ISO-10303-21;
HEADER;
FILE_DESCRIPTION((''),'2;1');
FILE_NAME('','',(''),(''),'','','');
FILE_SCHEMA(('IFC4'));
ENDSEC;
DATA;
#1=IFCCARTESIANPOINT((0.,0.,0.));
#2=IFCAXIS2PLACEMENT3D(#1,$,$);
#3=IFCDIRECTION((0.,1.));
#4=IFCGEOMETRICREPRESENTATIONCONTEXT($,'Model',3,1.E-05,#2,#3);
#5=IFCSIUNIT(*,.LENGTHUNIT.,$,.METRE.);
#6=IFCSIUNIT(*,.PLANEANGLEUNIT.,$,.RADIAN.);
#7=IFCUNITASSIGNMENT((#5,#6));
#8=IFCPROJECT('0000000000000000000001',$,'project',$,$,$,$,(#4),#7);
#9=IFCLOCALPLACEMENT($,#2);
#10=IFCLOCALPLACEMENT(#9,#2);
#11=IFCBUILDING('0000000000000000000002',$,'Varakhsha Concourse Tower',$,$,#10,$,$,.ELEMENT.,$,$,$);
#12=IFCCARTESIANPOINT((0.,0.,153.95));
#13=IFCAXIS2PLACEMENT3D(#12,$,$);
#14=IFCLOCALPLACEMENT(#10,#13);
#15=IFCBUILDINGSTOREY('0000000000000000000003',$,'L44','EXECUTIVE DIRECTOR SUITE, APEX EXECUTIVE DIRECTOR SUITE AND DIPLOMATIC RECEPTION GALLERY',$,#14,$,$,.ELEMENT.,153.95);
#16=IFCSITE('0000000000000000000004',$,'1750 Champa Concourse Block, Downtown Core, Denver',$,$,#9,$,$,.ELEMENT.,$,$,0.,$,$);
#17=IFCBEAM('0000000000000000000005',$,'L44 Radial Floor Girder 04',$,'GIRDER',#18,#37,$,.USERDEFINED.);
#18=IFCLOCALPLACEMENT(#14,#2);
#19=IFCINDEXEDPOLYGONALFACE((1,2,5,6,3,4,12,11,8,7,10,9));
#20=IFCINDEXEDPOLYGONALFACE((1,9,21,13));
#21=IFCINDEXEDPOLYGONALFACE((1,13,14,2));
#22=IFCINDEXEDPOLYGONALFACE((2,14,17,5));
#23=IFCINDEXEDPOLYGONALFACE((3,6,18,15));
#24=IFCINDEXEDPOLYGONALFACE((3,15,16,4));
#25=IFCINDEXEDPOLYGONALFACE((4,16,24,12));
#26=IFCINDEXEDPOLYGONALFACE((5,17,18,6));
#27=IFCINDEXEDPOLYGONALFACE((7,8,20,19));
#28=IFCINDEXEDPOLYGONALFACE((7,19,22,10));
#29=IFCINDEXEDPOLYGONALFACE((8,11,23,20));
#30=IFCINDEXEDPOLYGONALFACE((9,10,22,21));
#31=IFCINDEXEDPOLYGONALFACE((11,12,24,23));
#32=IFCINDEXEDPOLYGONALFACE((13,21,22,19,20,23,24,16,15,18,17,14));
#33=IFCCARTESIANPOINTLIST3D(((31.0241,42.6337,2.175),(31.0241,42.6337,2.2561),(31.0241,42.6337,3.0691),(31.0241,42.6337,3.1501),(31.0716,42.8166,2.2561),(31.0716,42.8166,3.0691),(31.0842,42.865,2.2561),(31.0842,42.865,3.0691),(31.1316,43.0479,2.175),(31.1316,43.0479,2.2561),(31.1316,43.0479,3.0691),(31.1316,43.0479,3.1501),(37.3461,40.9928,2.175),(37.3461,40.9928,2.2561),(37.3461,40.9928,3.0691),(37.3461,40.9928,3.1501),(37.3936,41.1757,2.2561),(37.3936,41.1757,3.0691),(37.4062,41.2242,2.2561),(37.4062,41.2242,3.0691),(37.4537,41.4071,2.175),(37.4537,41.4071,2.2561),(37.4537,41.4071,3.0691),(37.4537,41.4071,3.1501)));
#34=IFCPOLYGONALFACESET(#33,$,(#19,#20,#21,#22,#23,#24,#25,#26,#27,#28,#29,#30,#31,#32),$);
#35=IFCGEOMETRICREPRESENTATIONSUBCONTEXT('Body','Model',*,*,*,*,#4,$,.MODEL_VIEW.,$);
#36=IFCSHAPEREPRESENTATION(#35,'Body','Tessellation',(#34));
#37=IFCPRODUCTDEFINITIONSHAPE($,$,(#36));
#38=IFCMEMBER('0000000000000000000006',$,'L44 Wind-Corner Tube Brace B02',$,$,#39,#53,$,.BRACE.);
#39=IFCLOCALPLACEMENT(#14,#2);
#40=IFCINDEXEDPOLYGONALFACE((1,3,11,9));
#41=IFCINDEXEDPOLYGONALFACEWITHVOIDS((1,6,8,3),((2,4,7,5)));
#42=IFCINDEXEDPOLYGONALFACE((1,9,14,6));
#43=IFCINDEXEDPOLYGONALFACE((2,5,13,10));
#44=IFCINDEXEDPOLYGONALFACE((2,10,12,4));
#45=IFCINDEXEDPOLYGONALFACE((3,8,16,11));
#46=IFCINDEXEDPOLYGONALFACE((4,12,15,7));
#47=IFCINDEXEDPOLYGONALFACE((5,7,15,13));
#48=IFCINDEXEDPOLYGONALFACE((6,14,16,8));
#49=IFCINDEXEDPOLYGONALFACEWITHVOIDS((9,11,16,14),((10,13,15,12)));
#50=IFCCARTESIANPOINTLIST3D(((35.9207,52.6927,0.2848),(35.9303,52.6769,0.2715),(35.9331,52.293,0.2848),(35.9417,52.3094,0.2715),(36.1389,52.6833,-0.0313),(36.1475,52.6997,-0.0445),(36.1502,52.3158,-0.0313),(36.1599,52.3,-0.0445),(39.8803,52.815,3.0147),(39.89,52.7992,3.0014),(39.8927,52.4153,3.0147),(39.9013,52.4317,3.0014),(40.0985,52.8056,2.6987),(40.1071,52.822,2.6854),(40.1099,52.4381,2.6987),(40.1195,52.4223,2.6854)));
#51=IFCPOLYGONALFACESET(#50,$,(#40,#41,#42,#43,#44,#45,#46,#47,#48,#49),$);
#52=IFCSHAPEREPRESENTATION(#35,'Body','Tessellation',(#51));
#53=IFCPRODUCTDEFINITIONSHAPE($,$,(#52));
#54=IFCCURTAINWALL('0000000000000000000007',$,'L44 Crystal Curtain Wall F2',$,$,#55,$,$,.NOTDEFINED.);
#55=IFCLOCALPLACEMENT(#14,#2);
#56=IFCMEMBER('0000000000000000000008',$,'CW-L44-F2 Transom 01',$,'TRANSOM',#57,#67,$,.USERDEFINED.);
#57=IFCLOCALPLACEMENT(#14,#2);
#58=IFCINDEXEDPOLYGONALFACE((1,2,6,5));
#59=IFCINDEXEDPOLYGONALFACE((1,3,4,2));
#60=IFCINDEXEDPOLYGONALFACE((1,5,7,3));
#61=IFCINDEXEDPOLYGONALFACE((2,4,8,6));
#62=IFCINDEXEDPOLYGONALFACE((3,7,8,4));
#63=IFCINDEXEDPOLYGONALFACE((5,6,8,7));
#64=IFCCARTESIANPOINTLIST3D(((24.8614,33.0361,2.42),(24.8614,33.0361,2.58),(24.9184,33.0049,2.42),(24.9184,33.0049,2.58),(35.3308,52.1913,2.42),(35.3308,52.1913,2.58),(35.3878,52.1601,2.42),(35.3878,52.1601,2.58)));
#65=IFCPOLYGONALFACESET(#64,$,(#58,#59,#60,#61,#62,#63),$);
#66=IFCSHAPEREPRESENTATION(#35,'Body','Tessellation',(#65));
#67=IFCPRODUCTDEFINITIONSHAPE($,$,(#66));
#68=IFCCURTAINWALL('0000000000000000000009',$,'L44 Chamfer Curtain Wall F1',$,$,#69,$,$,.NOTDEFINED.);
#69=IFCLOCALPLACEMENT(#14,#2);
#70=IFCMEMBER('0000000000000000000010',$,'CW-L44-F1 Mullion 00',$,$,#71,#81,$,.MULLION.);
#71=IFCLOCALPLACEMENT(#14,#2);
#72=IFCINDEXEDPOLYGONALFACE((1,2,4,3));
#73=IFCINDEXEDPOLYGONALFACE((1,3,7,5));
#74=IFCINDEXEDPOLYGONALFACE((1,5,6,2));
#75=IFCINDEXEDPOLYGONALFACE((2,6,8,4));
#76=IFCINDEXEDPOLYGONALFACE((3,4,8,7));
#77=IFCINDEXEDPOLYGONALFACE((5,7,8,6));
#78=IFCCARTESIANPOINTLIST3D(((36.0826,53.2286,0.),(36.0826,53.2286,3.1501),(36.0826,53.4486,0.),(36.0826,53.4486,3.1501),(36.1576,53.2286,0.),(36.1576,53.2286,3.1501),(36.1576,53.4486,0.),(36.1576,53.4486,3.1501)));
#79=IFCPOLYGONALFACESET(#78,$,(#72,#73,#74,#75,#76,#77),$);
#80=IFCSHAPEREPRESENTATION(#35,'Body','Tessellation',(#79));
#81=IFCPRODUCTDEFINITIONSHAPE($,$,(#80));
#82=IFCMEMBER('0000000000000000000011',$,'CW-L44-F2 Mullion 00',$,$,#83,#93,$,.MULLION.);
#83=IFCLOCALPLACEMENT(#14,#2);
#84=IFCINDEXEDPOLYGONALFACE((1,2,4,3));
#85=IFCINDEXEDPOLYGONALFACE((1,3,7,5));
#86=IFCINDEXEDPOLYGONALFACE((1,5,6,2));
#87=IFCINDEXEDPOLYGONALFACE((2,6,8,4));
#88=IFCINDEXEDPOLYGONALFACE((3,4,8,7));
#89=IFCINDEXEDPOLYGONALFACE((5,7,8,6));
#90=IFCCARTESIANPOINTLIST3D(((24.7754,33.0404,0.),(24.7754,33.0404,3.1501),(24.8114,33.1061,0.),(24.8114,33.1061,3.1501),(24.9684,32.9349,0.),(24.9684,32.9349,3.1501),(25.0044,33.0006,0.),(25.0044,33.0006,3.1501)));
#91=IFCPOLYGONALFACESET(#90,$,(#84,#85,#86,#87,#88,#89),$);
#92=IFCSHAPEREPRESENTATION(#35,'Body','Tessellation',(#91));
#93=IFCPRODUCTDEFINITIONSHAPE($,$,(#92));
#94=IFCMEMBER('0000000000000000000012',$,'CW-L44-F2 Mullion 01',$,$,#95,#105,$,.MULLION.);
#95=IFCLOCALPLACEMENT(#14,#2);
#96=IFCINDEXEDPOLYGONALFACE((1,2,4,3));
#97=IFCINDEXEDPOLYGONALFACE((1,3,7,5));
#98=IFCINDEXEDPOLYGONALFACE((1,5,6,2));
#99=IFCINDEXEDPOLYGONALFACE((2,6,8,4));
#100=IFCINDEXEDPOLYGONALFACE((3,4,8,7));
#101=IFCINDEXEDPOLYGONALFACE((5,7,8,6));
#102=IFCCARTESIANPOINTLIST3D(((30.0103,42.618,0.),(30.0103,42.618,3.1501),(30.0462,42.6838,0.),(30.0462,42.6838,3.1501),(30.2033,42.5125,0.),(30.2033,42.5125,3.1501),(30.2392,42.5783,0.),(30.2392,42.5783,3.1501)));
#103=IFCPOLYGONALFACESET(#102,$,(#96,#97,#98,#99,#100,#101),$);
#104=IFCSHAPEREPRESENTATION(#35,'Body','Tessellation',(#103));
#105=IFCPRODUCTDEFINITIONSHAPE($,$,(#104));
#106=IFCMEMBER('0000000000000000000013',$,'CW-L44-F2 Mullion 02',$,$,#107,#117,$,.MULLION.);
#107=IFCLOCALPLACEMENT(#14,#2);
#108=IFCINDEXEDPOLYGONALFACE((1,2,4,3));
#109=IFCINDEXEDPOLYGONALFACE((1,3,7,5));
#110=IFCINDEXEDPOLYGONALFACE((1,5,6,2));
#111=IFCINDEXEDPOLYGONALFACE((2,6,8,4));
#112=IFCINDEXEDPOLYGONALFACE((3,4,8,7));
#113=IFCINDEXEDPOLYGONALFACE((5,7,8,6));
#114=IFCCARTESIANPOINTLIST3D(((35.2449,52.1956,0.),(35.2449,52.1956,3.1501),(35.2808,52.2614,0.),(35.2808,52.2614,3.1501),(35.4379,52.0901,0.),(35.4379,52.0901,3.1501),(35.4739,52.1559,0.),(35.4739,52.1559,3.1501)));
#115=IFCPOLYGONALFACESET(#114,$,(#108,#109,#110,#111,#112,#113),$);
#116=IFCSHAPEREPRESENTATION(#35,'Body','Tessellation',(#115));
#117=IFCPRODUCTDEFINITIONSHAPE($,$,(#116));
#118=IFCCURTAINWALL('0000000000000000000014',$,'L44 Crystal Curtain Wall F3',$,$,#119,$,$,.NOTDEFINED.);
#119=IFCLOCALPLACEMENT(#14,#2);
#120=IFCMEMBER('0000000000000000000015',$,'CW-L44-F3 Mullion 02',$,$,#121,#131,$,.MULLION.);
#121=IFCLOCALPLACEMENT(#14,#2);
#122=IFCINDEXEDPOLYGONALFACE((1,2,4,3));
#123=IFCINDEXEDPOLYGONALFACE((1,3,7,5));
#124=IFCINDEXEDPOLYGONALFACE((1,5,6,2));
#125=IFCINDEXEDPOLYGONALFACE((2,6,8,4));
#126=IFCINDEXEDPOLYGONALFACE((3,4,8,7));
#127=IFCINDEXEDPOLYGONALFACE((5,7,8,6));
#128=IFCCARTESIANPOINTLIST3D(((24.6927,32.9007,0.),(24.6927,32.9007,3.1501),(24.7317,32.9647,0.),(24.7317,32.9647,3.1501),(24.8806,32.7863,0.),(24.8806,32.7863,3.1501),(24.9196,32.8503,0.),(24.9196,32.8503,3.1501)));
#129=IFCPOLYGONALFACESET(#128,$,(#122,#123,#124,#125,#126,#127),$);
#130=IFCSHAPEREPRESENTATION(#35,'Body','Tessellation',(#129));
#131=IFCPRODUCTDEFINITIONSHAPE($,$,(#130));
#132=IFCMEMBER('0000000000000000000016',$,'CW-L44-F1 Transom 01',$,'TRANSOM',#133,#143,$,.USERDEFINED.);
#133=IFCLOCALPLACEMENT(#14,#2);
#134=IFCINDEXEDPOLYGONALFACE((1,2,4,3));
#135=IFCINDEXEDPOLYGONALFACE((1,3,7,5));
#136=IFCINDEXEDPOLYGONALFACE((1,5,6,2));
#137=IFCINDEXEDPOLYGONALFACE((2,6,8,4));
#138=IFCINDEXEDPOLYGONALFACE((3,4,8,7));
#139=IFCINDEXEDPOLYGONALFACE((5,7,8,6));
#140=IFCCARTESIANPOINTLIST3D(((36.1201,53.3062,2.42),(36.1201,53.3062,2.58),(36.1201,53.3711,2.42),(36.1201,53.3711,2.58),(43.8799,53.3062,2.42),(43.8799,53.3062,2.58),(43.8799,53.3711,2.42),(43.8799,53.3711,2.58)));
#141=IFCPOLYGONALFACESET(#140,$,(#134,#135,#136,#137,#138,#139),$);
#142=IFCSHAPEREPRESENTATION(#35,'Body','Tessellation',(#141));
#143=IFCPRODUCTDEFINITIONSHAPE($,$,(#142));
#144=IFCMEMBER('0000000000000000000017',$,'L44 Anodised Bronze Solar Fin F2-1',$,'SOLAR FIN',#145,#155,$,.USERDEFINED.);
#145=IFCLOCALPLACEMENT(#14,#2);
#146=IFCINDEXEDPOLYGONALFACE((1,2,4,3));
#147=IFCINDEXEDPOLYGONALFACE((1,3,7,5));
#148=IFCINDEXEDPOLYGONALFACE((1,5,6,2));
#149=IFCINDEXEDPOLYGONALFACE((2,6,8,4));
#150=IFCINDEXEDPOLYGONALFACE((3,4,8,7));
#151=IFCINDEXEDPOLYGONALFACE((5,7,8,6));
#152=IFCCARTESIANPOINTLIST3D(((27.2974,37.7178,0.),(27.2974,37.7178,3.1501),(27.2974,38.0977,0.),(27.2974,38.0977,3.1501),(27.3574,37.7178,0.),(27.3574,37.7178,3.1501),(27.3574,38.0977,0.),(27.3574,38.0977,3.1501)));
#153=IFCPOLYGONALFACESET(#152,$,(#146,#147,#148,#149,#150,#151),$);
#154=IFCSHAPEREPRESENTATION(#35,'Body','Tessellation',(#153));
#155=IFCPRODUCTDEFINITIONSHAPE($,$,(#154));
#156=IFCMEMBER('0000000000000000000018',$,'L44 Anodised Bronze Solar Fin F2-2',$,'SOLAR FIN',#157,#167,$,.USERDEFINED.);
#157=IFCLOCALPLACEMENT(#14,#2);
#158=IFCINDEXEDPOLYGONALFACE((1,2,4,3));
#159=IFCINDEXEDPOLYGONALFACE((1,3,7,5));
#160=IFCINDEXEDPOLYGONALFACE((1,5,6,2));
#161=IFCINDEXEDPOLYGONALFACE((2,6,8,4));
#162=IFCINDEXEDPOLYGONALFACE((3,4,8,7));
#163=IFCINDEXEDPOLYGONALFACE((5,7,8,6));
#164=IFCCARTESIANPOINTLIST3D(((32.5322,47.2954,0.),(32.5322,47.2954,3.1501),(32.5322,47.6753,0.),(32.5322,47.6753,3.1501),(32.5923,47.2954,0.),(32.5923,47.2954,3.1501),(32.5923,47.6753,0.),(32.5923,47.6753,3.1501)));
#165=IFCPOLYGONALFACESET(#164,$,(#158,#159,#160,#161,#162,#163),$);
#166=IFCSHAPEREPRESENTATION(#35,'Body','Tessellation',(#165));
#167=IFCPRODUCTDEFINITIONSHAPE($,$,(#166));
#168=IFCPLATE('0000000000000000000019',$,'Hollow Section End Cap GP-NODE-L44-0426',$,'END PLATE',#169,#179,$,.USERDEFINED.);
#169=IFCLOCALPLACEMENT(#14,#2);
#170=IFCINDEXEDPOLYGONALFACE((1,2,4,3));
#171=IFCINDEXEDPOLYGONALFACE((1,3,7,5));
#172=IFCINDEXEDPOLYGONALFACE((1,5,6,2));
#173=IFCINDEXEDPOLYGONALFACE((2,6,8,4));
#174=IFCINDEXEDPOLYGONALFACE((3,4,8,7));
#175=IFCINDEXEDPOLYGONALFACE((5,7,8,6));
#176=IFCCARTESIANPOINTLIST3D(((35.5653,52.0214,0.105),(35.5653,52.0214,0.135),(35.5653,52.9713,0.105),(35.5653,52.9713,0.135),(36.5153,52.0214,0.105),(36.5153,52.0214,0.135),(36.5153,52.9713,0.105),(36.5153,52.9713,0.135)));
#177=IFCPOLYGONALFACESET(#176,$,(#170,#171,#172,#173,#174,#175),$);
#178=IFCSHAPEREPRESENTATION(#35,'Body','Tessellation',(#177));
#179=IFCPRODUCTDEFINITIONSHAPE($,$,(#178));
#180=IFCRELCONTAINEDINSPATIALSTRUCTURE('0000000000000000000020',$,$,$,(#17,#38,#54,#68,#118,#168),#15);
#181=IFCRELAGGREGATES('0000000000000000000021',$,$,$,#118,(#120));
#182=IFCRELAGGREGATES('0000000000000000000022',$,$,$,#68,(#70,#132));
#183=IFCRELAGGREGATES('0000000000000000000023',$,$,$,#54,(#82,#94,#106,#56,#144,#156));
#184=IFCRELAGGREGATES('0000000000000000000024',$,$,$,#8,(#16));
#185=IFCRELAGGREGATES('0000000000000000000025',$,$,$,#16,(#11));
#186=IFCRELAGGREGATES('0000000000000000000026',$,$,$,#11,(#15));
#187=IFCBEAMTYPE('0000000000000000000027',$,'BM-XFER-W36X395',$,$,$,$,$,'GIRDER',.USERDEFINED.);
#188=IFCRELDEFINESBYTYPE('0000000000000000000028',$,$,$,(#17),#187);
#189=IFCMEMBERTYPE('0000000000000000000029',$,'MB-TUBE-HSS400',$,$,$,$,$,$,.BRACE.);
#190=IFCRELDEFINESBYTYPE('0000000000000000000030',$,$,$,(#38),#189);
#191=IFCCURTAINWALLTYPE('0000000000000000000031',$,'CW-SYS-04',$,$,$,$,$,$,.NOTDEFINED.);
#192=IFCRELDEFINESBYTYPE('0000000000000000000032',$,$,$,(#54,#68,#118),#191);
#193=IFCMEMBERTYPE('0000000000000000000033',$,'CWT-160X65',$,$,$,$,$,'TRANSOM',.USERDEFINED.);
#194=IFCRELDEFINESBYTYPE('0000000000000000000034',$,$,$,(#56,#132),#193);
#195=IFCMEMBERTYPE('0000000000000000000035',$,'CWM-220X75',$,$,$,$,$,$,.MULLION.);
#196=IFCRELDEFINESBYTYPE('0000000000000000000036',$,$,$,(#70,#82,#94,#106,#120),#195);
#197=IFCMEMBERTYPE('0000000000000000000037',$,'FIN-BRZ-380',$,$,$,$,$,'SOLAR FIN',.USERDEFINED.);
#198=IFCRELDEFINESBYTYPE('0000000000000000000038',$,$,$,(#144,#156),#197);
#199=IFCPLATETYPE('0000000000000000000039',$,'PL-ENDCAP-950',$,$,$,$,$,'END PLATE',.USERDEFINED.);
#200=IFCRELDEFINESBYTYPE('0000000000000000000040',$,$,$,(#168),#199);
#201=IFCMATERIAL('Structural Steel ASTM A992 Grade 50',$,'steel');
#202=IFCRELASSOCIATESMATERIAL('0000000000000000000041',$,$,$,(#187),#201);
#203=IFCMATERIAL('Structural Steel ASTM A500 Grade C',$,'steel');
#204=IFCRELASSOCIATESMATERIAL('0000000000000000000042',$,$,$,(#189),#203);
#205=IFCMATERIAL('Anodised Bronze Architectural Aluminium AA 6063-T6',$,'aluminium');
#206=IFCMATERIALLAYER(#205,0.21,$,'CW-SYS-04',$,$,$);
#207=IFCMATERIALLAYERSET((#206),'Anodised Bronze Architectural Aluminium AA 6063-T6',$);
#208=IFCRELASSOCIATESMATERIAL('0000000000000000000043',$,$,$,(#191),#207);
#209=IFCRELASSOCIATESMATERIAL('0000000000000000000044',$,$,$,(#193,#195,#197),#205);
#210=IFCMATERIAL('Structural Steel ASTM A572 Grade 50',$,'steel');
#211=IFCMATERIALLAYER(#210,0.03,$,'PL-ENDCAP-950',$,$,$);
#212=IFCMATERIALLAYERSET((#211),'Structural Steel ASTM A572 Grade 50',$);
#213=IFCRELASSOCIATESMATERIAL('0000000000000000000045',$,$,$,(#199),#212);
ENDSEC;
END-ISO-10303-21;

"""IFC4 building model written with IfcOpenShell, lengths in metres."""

from ifc_helpers import new_model, si_unit, direction, frame, origin, origin_2d, place, context, subcontext, project, spatial, rectangle, hollow_rectangle, i_section, extrude, source, transform, mapped, material, layer, layer_set, material_profile, profile_set, type_object, type_shapes, element, aggregate, save


model = new_model("IFC4")

# Units and contexts
model_context = context("Model", 3, precision=1e-05, world=origin(), true_north=direction((0.0, 1.0)))
body_context = subcontext(model_context, "Body", "Model", "MODEL_VIEW")
ifc_project = project(units=[si_unit("LENGTHUNIT", "METRE"), si_unit("PLANEANGLEUNIT", "RADIAN")], contexts=[model_context])

# Site, building, storey
site_placement = place(None, origin())
site = spatial("IfcSite", under=ifc_project, at=site_placement, Name="1750 Champa Concourse Block, Downtown Core, Denver", CompositionType="ELEMENT", RefElevation=0.0)
building_placement = place(site_placement, origin())
building = spatial("IfcBuilding", under=site, at=building_placement, Name="Varakhsha Concourse Tower", CompositionType="ELEMENT")
storey_placement = place(building_placement, frame((0.0, 0.0, 153.95)))
storey = spatial("IfcBuildingStorey", under=building, at=storey_placement, Name="L44", Description="EXECUTIVE DIRECTOR SUITE, APEX EXECUTIVE DIRECTOR SUITE AND DIPLOMATIC RECEPTION GALLERY", CompositionType="ELEMENT", Elevation=153.95)

# Shared definitions
ifc_material_1 = material(Name="Structural Steel ASTM A992 Grade 50", Category="steel")
ifc_material_2 = material(Name="Structural Steel ASTM A572 Grade 50", Category="steel")

# Beam
ifc_material_profile_1 = material_profile(ifc_material_1, i_section(OverallWidth=0.428, OverallDepth=0.9751, WebThickness=0.05, FlangeThickness=0.0811, at=origin_2d()), Name="W36X395")
ifc_profile_set_1 = profile_set([ifc_material_profile_1], Name="Structural Steel ASTM A992 Grade 50")
beam_type_1 = type_object("IfcBeamType", Name="BM-XFER-W36X395", ElementType="GIRDER", PredefinedType="USERDEFINED", material=ifc_profile_set_1)
beam_1_placement = place(storey_placement, frame((37.3999, 41.2, 2.6626), z_axis=(-0.967929, 0.251224, 0.0), x_axis=(-0.251224, -0.967929, 0.0)))
element("IfcBeam", 1, at=beam_1_placement, inside=storey, type_object=beam_type_1, Name="L44 Radial Floor Girder 04", ObjectType="GIRDER", PredefinedType="USERDEFINED", context=body_context, shape_type="SweptSolid", body=[
    extrude(i_section(OverallWidth=0.428, OverallDepth=0.9751, WebThickness=0.05, FlangeThickness=0.0811, at=origin_2d()), origin(), (0.0, 0.0, 1.0), 6.5315),
])

# Member
ifc_material_3 = material(Name="Structural Steel ASTM A500 Grade C", Category="steel")
ifc_material_profile_2 = material_profile(ifc_material_3, hollow_rectangle(XDim=0.3999, YDim=0.3999, WallThickness=0.0161, at=origin_2d()), Name="HSS 400x400x16")
ifc_profile_set_2 = profile_set([ifc_material_profile_2], Name="Structural Steel ASTM A500 Grade C")
member_type_1 = type_object("IfcMemberType", Name="MB-TUBE-HSS400", PredefinedType="BRACE", material=ifc_profile_set_2)
shared_shape_1 = source(origin(), body_context, "Body", "SweptSolid", [
    extrude(hollow_rectangle(XDim=0.3999, YDim=0.3999, WallThickness=0.0161, at=origin_2d()), origin(), (0.0, 0.0, 1.0), 4.811),
])
type_shapes(member_type_1, [shared_shape_1])
member_1_placement = place(storey_placement, frame((36.0403, 52.4963, 0.1201), z_axis=(0.82303, 0.025423, 0.567428), x_axis=(-0.030875, 0.999523, 0.0)))
element("IfcMember", 2, at=member_1_placement, inside=storey, type_object=member_type_1, Name="L44 Wind-Corner Tube Brace B02", PredefinedType="BRACE", context=body_context, shape_type="MappedRepresentation", body=[
    mapped(shared_shape_1, transform((0.0, 0.0, 0.0), scale=1.0)),
])

# Curtain walls, members
ifc_material_4 = material(Name="Anodised Bronze Architectural Aluminium AA 6063-T6", Category="aluminium")
ifc_layer_1 = layer(ifc_material_4, 0.21, Name="CW-SYS-04")
ifc_layer_set_1 = layer_set([ifc_layer_1], Name="Anodised Bronze Architectural Aluminium AA 6063-T6")
curtain_wall_type = type_object("IfcCurtainWallType", Name="CW-SYS-04", PredefinedType="NOTDEFINED", material=ifc_layer_set_1)
curtain_wall_1_placement = place(storey_placement, origin())
curtain_wall_1 = element("IfcCurtainWall", 3, at=curtain_wall_1_placement, inside=storey, type_object=curtain_wall_type, Name="L44 Crystal Curtain Wall F2", PredefinedType="NOTDEFINED")
ifc_material_profile_3 = material_profile(ifc_material_4, rectangle(XDim=0.0649, YDim=0.1599, at=origin_2d()), Name="CWT-160X65")
ifc_profile_set_3 = profile_set([ifc_material_profile_3], Name="Anodised Bronze Architectural Aluminium AA 6063-T6")
member_type_2 = type_object("IfcMemberType", Name="CWT-160X65", ElementType="TRANSOM", PredefinedType="USERDEFINED", material=ifc_profile_set_3)
shared_shape_2 = source(origin(), body_context, "Body", "SweptSolid", [
    extrude(rectangle(XDim=0.0649, YDim=0.1599, at=origin_2d()), origin(), (0.0, 0.0, 1.0), 21.8296),
])
member_2_placement = place(storey_placement, frame((24.8899, 33.0205, 2.5), z_axis=(0.479599, 0.877488, 0.0), x_axis=(-0.877488, 0.479599, 0.0)))
member_2 = element("IfcMember", 4, at=member_2_placement, type_object=member_type_2, Name="CW-L44-F2 Transom 01", ObjectType="TRANSOM", PredefinedType="USERDEFINED", context=body_context, shape_type="MappedRepresentation", body=[
    mapped(shared_shape_2, transform((0.0, 0.0, 0.0), scale=1.0)),
])
curtain_wall_2_placement = place(storey_placement, origin())
curtain_wall_2 = element("IfcCurtainWall", 5, at=curtain_wall_2_placement, inside=storey, type_object=curtain_wall_type, Name="L44 Chamfer Curtain Wall F1", PredefinedType="NOTDEFINED")
ifc_material_profile_4 = material_profile(ifc_material_4, rectangle(XDim=0.075, YDim=0.22, at=origin_2d()), Name="CWM-220X75")
ifc_profile_set_4 = profile_set([ifc_material_profile_4], Name="Anodised Bronze Architectural Aluminium AA 6063-T6")
member_type_3 = type_object("IfcMemberType", Name="CWM-220X75", PredefinedType="MULLION", material=ifc_profile_set_4)
shared_shape_3 = source(origin(), body_context, "Body", "SweptSolid", [
    extrude(rectangle(XDim=0.075, YDim=0.22, at=origin_2d()), origin(), (0.0, 0.0, 1.0), 3.1501),
])
type_shapes(member_type_3, [shared_shape_3])
member_3_placement = place(storey_placement, frame((36.1201, 53.3386, 0.0), z_axis=(0.0, 0.0, 1.0), x_axis=(1.0, 0.0, 0.0)))
member_3 = element("IfcMember", 6, at=member_3_placement, type_object=member_type_3, Name="CW-L44-F1 Mullion 00", PredefinedType="MULLION", context=body_context, shape_type="MappedRepresentation", body=[
    mapped(shared_shape_3, transform((0.0, 0.0, 0.0), scale=1.0)),
])

# Members
member_4_placement = place(storey_placement, frame((24.8899, 33.0205, 0.0), z_axis=(0.0, 0.0, 1.0), x_axis=(0.479596, 0.87749, 0.0)))
member_4 = element("IfcMember", 7, at=member_4_placement, type_object=member_type_3, Name="CW-L44-F2 Mullion 00", PredefinedType="MULLION", context=body_context, shape_type="MappedRepresentation", body=[
    mapped(shared_shape_3, transform((0.0, 0.0, 0.0), scale=1.0)),
])
member_5_placement = place(storey_placement, frame((30.1248, 42.5981, 0.0), z_axis=(0.0, 0.0, 1.0), x_axis=(0.479596, 0.87749, 0.0)))
member_5 = element("IfcMember", 8, at=member_5_placement, type_object=member_type_3, Name="CW-L44-F2 Mullion 01", PredefinedType="MULLION", context=body_context, shape_type="MappedRepresentation", body=[
    mapped(shared_shape_3, transform((0.0, 0.0, 0.0), scale=1.0)),
])
member_6_placement = place(storey_placement, frame((35.3594, 52.1758, 0.0), z_axis=(0.0, 0.0, 1.0), x_axis=(0.479596, 0.87749, 0.0)))
member_6 = element("IfcMember", 9, at=member_6_placement, type_object=member_type_3, Name="CW-L44-F2 Mullion 02", PredefinedType="MULLION", context=body_context, shape_type="MappedRepresentation", body=[
    mapped(shared_shape_3, transform((0.0, 0.0, 0.0), scale=1.0)),
])

# Curtain wall, member
curtain_wall_3_placement = place(storey_placement, origin())
curtain_wall_3 = element("IfcCurtainWall", 10, at=curtain_wall_3_placement, inside=storey, type_object=curtain_wall_type, Name="L44 Crystal Curtain Wall F3", PredefinedType="NOTDEFINED")
member_7_placement = place(storey_placement, frame((24.8062, 32.8755, 0.0), z_axis=(0.0, 0.0, 1.0), x_axis=(0.520126, 0.85409, 0.0)))
member_7 = element("IfcMember", 11, at=member_7_placement, type_object=member_type_3, Name="CW-L44-F3 Mullion 02", PredefinedType="MULLION", context=body_context, shape_type="MappedRepresentation", body=[
    mapped(shared_shape_3, transform((0.0, 0.0, 0.0), scale=1.0)),
])
aggregate(curtain_wall_3, [member_7])

# Members
shared_shape_4 = source(origin(), body_context, "Body", "SweptSolid", [
    extrude(rectangle(XDim=0.0649, YDim=0.1599, at=origin_2d()), origin(), (0.0, 0.0, 1.0), 7.7598),
])
type_shapes(member_type_2, [shared_shape_2, shared_shape_4])
member_8_placement = place(storey_placement, frame((36.1201, 53.3386, 2.5), z_axis=(1.0, 0.0, 0.0), x_axis=(0.0, 1.0, 0.0)))
member_8 = element("IfcMember", 12, at=member_8_placement, type_object=member_type_2, Name="CW-L44-F1 Transom 01", ObjectType="TRANSOM", PredefinedType="USERDEFINED", context=body_context, shape_type="MappedRepresentation", body=[
    mapped(shared_shape_4, transform((0.0, 0.0, 0.0), scale=1.0)),
])
aggregate(curtain_wall_2, [member_3, member_8])
ifc_material_profile_5 = material_profile(ifc_material_4, rectangle(XDim=0.0601, YDim=0.3799, at=origin_2d()), Name="FIN-BRZ-380")
ifc_profile_set_5 = profile_set([ifc_material_profile_5], Name="Anodised Bronze Architectural Aluminium AA 6063-T6")
member_type_4 = type_object("IfcMemberType", Name="FIN-BRZ-380", ElementType="SOLAR FIN", PredefinedType="USERDEFINED", material=ifc_profile_set_5)
shared_shape_5 = source(origin(), body_context, "Body", "SweptSolid", [
    extrude(rectangle(XDim=0.0601, YDim=0.3799, at=origin_2d()), origin(), (0.0, 0.0, 1.0), 3.1501),
])
type_shapes(member_type_4, [shared_shape_5])
member_9_placement = place(storey_placement, frame((27.3274, 37.9077, 0.0), z_axis=(0.0, 0.0, 1.0), x_axis=(1.0, 0.0, 0.0)))
member_9 = element("IfcMember", 13, at=member_9_placement, type_object=member_type_4, Name="L44 Anodised Bronze Solar Fin F2-1", ObjectType="SOLAR FIN", PredefinedType="USERDEFINED", context=body_context, shape_type="MappedRepresentation", body=[
    mapped(shared_shape_5, transform((0.0, 0.0, 0.0), scale=1.0)),
])
member_10_placement = place(storey_placement, frame((32.5623, 47.4854, 0.0), z_axis=(0.0, 0.0, 1.0), x_axis=(1.0, 0.0, 0.0)))
member_10 = element("IfcMember", 14, at=member_10_placement, type_object=member_type_4, Name="L44 Anodised Bronze Solar Fin F2-2", ObjectType="SOLAR FIN", PredefinedType="USERDEFINED", context=body_context, shape_type="MappedRepresentation", body=[
    mapped(shared_shape_5, transform((0.0, 0.0, 0.0), scale=1.0)),
])

# Plate
ifc_layer_2 = layer(ifc_material_2, 0.03, Name="PL-ENDCAP-950")
ifc_layer_set_2 = layer_set([ifc_layer_2], Name="Structural Steel ASTM A572 Grade 50")
plate_type_1 = type_object("IfcPlateType", Name="PL-ENDCAP-950", ElementType="END PLATE", PredefinedType="USERDEFINED", material=ifc_layer_set_2)
shared_shape_6 = source(origin(), body_context, "Body", "SweptSolid", [
    extrude(rectangle(XDim=0.95, YDim=0.95, at=origin_2d()), origin(), (0.0, 0.0, 1.0), 0.03),
])
type_shapes(plate_type_1, [shared_shape_6])
plate_1_placement = place(storey_placement, frame((36.0403, 52.4963, 0.105), z_axis=(0.0, 0.0, 1.0), x_axis=(1.0, 0.0, 0.0)))
element("IfcPlate", 15, at=plate_1_placement, inside=storey, type_object=plate_type_1, Name="Hollow Section End Cap GP-NODE-L44-0426", ObjectType="END PLATE", PredefinedType="USERDEFINED", context=body_context, shape_type="MappedRepresentation", body=[
    mapped(shared_shape_6, transform((0.0, 0.0, 0.0), scale=1.0)),
])
aggregate(curtain_wall_1, [member_4, member_5, member_6, member_2, member_9, member_10])

save(model, "model.ifc")
